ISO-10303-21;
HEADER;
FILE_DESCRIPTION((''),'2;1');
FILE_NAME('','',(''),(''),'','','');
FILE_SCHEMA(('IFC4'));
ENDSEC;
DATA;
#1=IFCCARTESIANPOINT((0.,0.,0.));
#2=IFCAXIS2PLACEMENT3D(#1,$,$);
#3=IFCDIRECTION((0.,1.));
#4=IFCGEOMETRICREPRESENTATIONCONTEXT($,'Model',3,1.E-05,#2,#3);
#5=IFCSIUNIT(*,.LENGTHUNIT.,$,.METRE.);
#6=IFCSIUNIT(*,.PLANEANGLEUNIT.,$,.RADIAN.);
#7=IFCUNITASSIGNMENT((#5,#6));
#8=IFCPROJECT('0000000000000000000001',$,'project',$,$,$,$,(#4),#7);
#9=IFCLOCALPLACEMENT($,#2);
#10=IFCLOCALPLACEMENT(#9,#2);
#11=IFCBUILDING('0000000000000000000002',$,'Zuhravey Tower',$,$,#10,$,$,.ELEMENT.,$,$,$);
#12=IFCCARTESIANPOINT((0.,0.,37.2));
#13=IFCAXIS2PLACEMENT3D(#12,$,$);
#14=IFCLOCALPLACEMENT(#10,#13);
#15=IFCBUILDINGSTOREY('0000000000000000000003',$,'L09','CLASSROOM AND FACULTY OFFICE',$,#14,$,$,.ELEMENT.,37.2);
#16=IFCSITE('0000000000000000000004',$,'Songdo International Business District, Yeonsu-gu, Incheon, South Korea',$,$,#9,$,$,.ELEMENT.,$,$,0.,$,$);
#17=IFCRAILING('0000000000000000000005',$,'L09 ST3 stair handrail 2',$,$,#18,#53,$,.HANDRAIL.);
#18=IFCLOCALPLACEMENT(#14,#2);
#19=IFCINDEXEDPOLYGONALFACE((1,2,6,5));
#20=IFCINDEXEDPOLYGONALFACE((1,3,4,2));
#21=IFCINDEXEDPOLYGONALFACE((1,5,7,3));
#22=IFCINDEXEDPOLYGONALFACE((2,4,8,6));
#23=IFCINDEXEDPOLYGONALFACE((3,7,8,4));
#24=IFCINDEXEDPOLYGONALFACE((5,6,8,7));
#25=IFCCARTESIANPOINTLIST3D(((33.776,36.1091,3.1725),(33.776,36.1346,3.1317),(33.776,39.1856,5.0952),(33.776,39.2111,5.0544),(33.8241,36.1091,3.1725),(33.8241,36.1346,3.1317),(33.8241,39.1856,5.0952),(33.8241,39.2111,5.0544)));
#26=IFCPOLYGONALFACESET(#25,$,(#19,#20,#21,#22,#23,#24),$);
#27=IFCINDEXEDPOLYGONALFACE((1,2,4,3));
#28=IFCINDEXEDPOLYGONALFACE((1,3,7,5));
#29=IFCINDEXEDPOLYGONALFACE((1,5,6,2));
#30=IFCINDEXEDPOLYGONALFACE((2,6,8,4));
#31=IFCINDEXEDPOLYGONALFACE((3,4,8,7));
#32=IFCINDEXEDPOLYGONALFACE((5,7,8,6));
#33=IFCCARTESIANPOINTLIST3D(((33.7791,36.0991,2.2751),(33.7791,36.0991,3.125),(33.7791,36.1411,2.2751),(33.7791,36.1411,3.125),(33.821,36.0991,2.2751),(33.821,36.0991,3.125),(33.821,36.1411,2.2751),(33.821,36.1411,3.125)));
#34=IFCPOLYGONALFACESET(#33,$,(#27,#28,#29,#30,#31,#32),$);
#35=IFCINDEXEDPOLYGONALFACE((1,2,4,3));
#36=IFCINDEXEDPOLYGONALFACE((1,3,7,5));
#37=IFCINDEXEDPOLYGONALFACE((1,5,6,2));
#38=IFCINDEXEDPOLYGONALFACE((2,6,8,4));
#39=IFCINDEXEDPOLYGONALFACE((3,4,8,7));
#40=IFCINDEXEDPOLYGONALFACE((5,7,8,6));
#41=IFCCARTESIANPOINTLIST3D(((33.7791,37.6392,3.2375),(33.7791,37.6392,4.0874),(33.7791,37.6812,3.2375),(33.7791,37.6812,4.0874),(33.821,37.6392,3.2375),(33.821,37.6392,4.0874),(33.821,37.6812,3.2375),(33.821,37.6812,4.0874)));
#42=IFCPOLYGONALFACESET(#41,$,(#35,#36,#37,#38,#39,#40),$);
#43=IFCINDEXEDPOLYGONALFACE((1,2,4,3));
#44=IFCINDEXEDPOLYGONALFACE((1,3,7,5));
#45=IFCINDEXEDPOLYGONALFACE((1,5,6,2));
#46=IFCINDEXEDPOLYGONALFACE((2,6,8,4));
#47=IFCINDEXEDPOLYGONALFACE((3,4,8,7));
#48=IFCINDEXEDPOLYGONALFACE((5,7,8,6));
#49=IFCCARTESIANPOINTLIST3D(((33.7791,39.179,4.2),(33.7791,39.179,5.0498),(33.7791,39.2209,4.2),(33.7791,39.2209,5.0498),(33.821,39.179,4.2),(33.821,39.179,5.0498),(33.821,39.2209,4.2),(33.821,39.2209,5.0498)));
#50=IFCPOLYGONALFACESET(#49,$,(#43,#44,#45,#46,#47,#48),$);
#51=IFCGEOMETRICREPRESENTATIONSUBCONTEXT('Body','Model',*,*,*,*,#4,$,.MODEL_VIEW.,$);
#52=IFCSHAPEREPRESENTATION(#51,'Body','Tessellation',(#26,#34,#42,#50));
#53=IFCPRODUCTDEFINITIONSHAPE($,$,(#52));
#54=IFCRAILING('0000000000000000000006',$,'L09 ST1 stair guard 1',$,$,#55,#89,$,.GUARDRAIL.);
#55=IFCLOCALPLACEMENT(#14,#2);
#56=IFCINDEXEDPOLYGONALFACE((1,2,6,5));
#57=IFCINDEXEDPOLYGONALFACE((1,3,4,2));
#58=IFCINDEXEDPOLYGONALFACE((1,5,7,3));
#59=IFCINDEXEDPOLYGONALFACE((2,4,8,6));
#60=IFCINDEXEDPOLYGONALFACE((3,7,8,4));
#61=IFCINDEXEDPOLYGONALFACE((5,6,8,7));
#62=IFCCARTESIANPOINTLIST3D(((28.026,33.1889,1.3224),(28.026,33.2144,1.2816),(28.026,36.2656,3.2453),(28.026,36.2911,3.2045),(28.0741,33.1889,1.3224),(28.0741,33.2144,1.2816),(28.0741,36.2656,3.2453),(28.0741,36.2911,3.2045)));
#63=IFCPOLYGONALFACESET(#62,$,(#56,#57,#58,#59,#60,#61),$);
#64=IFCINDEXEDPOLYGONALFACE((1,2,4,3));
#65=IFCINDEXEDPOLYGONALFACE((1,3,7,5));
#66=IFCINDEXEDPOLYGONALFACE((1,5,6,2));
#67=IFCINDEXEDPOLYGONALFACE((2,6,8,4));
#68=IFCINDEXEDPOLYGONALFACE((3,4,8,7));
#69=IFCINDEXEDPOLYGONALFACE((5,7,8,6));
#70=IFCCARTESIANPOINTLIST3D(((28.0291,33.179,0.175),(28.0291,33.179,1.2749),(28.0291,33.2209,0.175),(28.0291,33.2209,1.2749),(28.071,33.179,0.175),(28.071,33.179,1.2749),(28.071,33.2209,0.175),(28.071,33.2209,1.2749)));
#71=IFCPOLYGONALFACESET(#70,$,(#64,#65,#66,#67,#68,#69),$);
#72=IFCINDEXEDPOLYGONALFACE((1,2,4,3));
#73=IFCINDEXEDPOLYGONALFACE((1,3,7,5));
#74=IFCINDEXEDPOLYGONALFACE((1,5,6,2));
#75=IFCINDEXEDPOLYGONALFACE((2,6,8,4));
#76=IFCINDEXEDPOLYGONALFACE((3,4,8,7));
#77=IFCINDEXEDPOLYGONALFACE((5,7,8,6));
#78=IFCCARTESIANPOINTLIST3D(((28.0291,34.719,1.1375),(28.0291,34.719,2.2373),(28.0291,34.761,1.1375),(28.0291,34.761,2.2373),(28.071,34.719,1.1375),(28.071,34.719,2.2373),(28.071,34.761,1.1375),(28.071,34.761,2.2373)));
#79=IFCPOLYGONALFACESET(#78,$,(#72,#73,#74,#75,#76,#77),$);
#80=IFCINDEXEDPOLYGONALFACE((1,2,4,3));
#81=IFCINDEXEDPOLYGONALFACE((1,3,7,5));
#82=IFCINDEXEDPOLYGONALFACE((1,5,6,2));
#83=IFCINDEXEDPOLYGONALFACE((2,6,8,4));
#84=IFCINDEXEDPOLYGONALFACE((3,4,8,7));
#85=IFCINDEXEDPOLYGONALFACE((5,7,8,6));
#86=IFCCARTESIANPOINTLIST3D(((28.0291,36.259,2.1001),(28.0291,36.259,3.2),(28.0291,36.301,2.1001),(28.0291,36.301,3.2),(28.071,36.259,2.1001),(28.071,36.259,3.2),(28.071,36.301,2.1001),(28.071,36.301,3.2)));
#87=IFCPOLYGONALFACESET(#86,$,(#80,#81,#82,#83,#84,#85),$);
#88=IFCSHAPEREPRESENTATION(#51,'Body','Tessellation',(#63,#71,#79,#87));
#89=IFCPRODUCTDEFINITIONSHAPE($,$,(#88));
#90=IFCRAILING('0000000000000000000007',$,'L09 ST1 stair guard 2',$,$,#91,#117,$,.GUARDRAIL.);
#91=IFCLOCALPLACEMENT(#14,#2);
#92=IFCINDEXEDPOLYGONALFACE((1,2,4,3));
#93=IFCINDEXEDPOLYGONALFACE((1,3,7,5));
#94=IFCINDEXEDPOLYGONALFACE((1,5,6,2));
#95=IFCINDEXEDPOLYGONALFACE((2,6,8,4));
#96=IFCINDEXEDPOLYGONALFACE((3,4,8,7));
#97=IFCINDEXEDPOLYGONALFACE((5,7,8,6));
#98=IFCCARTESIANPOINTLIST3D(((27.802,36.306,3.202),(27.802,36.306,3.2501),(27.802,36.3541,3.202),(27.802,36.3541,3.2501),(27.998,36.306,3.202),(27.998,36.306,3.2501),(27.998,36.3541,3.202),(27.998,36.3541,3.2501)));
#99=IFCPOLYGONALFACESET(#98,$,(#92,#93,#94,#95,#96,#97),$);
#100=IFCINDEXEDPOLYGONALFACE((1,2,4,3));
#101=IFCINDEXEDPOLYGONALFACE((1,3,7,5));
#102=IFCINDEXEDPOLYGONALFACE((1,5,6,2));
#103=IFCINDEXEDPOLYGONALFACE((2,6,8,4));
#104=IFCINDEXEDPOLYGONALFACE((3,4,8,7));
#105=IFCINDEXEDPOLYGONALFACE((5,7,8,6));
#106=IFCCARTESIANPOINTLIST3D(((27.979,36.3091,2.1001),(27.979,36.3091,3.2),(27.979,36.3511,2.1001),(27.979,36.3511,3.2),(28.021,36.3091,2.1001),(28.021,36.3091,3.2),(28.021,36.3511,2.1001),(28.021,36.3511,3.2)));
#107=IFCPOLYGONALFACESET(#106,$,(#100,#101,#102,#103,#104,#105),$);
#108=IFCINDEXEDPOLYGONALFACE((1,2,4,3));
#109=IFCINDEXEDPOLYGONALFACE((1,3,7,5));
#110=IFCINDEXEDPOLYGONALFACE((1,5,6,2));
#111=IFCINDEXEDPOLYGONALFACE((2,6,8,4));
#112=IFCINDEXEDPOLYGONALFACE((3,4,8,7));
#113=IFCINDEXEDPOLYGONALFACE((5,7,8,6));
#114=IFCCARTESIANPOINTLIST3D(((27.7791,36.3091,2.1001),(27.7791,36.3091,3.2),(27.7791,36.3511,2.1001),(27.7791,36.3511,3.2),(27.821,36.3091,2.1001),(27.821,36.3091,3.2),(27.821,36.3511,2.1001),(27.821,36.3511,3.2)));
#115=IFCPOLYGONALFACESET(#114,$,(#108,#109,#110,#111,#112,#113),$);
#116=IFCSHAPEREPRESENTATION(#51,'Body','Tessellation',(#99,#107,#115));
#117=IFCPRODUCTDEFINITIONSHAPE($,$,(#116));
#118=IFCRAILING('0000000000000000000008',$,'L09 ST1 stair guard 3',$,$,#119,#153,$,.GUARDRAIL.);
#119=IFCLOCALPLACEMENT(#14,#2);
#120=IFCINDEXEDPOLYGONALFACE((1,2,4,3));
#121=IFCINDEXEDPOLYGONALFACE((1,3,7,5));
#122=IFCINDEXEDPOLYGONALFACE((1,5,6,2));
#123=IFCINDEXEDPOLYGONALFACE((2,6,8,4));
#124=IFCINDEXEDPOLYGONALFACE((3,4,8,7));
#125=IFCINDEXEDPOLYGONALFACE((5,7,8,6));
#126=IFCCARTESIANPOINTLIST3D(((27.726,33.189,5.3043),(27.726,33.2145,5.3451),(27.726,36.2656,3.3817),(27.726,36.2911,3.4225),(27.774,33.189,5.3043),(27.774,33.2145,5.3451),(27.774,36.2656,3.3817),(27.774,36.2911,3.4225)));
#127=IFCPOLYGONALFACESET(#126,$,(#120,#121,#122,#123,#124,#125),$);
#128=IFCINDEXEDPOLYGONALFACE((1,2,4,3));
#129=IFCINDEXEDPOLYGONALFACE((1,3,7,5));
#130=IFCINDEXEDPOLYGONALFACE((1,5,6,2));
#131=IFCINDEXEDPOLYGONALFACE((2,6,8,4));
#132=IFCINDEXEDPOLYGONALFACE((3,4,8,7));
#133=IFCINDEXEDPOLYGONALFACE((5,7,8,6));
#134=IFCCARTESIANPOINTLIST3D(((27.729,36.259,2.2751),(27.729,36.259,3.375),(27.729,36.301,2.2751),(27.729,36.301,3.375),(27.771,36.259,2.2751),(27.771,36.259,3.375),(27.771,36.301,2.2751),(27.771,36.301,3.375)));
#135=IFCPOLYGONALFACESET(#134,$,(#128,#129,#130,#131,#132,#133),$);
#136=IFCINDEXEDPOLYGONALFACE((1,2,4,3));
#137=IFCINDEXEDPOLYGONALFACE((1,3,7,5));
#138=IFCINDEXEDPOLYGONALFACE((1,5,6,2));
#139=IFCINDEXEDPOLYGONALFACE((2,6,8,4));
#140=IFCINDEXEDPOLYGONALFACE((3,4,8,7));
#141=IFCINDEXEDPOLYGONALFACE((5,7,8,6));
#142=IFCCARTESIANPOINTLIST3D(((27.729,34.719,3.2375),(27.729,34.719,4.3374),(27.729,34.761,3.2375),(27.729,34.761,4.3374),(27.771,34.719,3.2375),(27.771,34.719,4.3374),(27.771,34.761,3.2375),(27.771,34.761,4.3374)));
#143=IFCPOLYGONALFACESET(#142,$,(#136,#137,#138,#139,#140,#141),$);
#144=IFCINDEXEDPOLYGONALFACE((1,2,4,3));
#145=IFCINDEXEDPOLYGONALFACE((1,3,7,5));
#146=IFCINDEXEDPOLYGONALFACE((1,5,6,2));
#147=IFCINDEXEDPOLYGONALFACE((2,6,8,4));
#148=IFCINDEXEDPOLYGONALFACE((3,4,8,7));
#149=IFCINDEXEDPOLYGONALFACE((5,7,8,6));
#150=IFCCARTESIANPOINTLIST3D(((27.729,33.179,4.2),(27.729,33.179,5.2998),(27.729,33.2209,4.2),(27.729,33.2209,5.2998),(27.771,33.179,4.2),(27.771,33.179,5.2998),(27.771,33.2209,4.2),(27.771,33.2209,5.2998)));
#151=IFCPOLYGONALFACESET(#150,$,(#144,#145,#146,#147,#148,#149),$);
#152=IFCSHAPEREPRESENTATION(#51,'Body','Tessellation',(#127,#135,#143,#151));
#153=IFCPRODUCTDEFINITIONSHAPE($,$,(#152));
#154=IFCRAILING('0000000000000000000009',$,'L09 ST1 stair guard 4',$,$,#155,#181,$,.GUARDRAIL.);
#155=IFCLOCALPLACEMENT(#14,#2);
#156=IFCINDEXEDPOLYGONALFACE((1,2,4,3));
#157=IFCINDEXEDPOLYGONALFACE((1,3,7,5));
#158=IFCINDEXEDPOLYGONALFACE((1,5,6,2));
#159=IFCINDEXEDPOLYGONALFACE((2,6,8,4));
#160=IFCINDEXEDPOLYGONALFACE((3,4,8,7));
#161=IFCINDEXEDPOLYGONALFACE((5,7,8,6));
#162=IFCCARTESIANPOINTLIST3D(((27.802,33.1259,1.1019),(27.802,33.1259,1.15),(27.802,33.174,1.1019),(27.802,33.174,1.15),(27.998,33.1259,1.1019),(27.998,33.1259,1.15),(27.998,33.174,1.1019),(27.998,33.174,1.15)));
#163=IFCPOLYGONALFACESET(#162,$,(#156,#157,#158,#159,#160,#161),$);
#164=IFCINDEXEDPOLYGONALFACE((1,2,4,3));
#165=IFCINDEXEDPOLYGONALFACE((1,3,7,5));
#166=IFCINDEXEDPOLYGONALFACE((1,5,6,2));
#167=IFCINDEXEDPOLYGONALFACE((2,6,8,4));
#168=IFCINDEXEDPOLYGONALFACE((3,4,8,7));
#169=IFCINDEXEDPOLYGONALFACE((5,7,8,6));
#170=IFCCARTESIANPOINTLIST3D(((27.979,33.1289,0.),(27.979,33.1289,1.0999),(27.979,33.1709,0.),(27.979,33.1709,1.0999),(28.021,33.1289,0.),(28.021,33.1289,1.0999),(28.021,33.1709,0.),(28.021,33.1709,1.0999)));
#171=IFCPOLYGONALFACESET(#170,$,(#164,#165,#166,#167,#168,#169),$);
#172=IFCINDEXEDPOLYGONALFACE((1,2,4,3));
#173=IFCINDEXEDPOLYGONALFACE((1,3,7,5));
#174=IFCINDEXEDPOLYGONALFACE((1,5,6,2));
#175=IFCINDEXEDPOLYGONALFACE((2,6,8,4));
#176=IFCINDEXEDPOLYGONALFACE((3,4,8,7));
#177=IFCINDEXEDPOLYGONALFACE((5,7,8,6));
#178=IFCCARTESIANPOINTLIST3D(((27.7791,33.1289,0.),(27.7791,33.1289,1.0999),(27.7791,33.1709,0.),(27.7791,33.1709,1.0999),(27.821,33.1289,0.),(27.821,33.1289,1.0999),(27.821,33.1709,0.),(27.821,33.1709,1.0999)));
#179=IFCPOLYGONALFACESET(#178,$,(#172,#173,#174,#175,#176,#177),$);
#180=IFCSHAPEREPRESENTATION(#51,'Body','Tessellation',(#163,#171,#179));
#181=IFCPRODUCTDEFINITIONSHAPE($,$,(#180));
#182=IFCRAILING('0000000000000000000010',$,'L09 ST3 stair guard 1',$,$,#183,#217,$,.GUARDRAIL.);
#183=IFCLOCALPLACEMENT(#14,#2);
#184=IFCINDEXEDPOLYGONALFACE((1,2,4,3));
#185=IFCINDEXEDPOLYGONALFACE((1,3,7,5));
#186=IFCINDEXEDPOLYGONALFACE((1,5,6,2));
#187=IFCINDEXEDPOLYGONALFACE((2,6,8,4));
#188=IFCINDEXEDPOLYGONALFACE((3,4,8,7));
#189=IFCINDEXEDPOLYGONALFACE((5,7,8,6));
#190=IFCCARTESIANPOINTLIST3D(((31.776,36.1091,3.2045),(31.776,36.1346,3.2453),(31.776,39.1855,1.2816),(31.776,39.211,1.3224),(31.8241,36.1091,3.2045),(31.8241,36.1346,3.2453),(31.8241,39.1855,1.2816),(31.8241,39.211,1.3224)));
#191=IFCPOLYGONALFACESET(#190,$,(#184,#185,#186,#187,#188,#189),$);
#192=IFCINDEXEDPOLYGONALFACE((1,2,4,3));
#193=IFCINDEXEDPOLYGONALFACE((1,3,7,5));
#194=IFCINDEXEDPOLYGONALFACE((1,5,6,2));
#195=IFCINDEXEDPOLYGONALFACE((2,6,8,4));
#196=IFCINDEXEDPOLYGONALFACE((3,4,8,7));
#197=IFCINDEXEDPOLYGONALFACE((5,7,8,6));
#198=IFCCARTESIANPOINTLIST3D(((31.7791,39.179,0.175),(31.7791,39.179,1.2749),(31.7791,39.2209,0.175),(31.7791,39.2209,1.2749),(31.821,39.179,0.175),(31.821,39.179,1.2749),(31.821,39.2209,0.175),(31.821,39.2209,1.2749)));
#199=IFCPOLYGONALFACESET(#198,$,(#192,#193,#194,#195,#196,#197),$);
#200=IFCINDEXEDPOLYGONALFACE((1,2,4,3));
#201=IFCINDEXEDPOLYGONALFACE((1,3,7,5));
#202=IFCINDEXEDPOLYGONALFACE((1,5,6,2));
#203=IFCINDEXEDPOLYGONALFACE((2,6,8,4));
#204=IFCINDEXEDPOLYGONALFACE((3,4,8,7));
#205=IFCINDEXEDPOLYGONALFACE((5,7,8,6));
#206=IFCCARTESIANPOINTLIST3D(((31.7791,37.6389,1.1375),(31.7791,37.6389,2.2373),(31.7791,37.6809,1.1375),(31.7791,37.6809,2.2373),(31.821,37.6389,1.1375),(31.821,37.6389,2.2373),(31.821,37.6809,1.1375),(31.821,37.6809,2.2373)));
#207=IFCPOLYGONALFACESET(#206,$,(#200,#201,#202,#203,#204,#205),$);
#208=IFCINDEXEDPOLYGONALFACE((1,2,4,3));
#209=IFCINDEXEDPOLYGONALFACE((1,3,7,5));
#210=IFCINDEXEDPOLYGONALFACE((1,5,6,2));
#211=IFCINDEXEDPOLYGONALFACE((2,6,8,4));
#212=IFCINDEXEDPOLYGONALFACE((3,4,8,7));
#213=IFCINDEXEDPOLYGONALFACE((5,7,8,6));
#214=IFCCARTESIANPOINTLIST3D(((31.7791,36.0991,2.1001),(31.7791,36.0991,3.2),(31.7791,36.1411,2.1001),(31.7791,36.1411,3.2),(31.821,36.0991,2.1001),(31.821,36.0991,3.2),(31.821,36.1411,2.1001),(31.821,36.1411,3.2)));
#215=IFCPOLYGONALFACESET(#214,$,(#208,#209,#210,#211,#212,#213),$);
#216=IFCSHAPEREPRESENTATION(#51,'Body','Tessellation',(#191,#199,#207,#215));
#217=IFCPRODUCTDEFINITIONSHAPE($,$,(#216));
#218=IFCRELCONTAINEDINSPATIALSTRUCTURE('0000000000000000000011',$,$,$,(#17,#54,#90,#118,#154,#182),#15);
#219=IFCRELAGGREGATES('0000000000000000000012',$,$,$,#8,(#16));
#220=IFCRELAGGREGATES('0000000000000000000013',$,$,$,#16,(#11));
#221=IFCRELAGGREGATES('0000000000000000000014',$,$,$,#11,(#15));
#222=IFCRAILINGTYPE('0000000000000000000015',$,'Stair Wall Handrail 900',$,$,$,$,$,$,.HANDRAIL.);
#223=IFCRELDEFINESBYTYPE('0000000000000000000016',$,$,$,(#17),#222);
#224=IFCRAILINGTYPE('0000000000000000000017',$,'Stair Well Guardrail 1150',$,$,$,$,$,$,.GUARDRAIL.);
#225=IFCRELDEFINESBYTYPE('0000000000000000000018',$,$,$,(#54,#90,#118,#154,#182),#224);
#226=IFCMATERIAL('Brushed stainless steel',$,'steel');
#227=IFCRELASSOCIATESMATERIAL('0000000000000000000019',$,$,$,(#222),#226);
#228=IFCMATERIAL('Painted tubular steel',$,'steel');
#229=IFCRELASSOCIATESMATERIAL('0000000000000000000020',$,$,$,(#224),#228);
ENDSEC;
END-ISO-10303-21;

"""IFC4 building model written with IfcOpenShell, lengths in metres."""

from ifc_helpers import new_model, si_unit, direction, frame, origin, origin_2d, place, context, subcontext, project, spatial, rectangle, extrude, material, type_object, element, save


model = new_model("IFC4")

# Units and contexts
model_context = context("Model", 3, precision=1e-05, world=origin(), true_north=direction((0.0, 1.0)))
body_context = subcontext(model_context, "Body", "Model", "MODEL_VIEW")
ifc_project = project(units=[si_unit("LENGTHUNIT", "METRE"), si_unit("PLANEANGLEUNIT", "RADIAN")], contexts=[model_context])

# Site, building, storey
site_placement = place(None, origin())
site = spatial("IfcSite", under=ifc_project, at=site_placement, Name="Songdo International Business District, Yeonsu-gu, Incheon, South Korea", CompositionType="ELEMENT", RefElevation=0.0)
building_placement = place(site_placement, origin())
building = spatial("IfcBuilding", under=site, at=building_placement, Name="Zuhravey Tower", CompositionType="ELEMENT")
storey_placement = place(building_placement, frame((0.0, 0.0, 37.2)))
storey = spatial("IfcBuildingStorey", under=building, at=storey_placement, Name="L09", Description="CLASSROOM AND FACULTY OFFICE", CompositionType="ELEMENT", Elevation=37.2)

# Railings
ifc_material_1 = material(Name="Brushed stainless steel", Category="steel")
railing_type_1 = type_object("IfcRailingType", Name="Stair Wall Handrail 900", PredefinedType="HANDRAIL", material=ifc_material_1)
railing_1_placement = place(storey_placement, frame((33.8, 36.1201, 2.2751)))
element("IfcRailing", 1, at=railing_1_placement, inside=storey, type_object=railing_type_1, Name="L09 ST3 stair handrail 2", PredefinedType="HANDRAIL", context=body_context, shape_type="SweptSolid", body=[
    extrude(rectangle(XDim=0.0481, YDim=0.0481, at=origin_2d()), frame((0.0, 0.0017, 0.877), z_axis=(0.0, 0.84801, 0.529981), x_axis=(-1.0, 0.0, 0.0)), (0.0, 0.0, 1.0), 3.6279),
    extrude(rectangle(XDim=0.042, YDim=0.042, at=origin_2d()), origin(), (0.0, 0.0, 1.0), 0.8499),
    extrude(rectangle(XDim=0.042, YDim=0.042, at=origin_2d()), frame((0.0, 1.54, 0.9624)), (0.0, 0.0, 1.0), 0.8499),
    extrude(rectangle(XDim=0.042, YDim=0.042, at=origin_2d()), frame((0.0, 3.0798, 1.9248)), (0.0, 0.0, 1.0), 0.8499),
])
ifc_material_2 = material(Name="Painted tubular steel", Category="steel")
railing_type_2 = type_object("IfcRailingType", Name="Stair Well Guardrail 1150", PredefinedType="GUARDRAIL", material=ifc_material_2)
railing_2_placement = place(storey_placement, frame((28.05, 33.2, 0.175)))
element("IfcRailing", 2, at=railing_2_placement, inside=storey, type_object=railing_type_2, Name="L09 ST1 stair guard 1", PredefinedType="GUARDRAIL", context=body_context, shape_type="SweptSolid", body=[
    extrude(rectangle(XDim=0.0481, YDim=0.0481, at=origin_2d()), frame((0.0, 0.0017, 1.127), z_axis=(0.0, 0.847998, 0.529999), x_axis=(-1.0, 0.0, 0.0)), (0.0, 0.0, 1.0), 3.6282),
    extrude(rectangle(XDim=0.042, YDim=0.042, at=origin_2d()), origin(), (0.0, 0.0, 1.0), 1.0999),
    extrude(rectangle(XDim=0.042, YDim=0.042, at=origin_2d()), frame((0.0, 1.54, 0.9624)), (0.0, 0.0, 1.0), 1.0999),
    extrude(rectangle(XDim=0.042, YDim=0.042, at=origin_2d()), frame((0.0, 3.0801, 1.925)), (0.0, 0.0, 1.0), 1.0999),
])
railing_3_placement = place(storey_placement, frame((28.0, 36.3301, 2.1001)))
element("IfcRailing", 3, at=railing_3_placement, inside=storey, type_object=railing_type_2, Name="L09 ST1 stair guard 2", PredefinedType="GUARDRAIL", context=body_context, shape_type="SweptSolid", body=[
    extrude(rectangle(XDim=0.0481, YDim=0.0481, at=origin_2d()), frame((-0.002, 0.0, 1.126), z_axis=(-1.0, 0.0, 0.0), x_axis=(0.0, -1.0, 0.0)), (0.0, 0.0, 1.0), 0.196),
    extrude(rectangle(XDim=0.042, YDim=0.042, at=origin_2d()), origin(), (0.0, 0.0, 1.0), 1.0999),
    extrude(rectangle(XDim=0.042, YDim=0.042, at=origin_2d()), frame((-0.2, 0.0, 0.0)), (0.0, 0.0, 1.0), 1.0999),
])
railing_4_placement = place(storey_placement, frame((27.75, 36.28, 2.2751)))
element("IfcRailing", 4, at=railing_4_placement, inside=storey, type_object=railing_type_2, Name="L09 ST1 stair guard 3", PredefinedType="GUARDRAIL", context=body_context, shape_type="SweptSolid", body=[
    extrude(rectangle(XDim=0.0481, YDim=0.0481, at=origin_2d()), frame((0.0, -0.0017, 1.127), z_axis=(0.0, -0.848029, 0.529951), x_axis=(1.0, 0.0, 0.0)), (0.0, 0.0, 1.0), 3.6279),
    extrude(rectangle(XDim=0.042, YDim=0.042, at=origin_2d()), origin(), (0.0, 0.0, 1.0), 1.0999),
    extrude(rectangle(XDim=0.042, YDim=0.042, at=origin_2d()), frame((0.0, -1.54, 0.9624)), (0.0, 0.0, 1.0), 1.0999),
    extrude(rectangle(XDim=0.042, YDim=0.042, at=origin_2d()), frame((0.0, -3.0801, 1.9248)), (0.0, 0.0, 1.0), 1.0999),
])
railing_5_placement = place(storey_placement, frame((28.0, 33.1499, 0.0)))
element("IfcRailing", 5, at=railing_5_placement, inside=storey, type_object=railing_type_2, Name="L09 ST1 stair guard 4", PredefinedType="GUARDRAIL", context=body_context, shape_type="SweptSolid", body=[
    extrude(rectangle(XDim=0.0481, YDim=0.0481, at=origin_2d()), frame((-0.002, 0.0, 1.126), z_axis=(-1.0, 0.0, 0.0), x_axis=(0.0, -1.0, 0.0)), (0.0, 0.0, 1.0), 0.196),
    extrude(rectangle(XDim=0.042, YDim=0.042, at=origin_2d()), origin(), (0.0, 0.0, 1.0), 1.0999),
    extrude(rectangle(XDim=0.042, YDim=0.042, at=origin_2d()), frame((-0.2, 0.0, 0.0)), (0.0, 0.0, 1.0), 1.0999),
])
railing_6_placement = place(storey_placement, frame((31.8, 39.2, 0.175)))
element("IfcRailing", 6, at=railing_6_placement, inside=storey, type_object=railing_type_2, Name="L09 ST3 stair guard 1", PredefinedType="GUARDRAIL", context=body_context, shape_type="SweptSolid", body=[
    extrude(rectangle(XDim=0.0481, YDim=0.0481, at=origin_2d()), frame((0.0, -0.0017, 1.127), z_axis=(0.0, -0.847979, 0.530029), x_axis=(1.0, 0.0, 0.0)), (0.0, 0.0, 1.0), 3.6279),
    extrude(rectangle(XDim=0.042, YDim=0.042, at=origin_2d()), origin(), (0.0, 0.0, 1.0), 1.0999),
    extrude(rectangle(XDim=0.042, YDim=0.042, at=origin_2d()), frame((0.0, -1.54, 0.9624)), (0.0, 0.0, 1.0), 1.0999),
    extrude(rectangle(XDim=0.042, YDim=0.042, at=origin_2d()), frame((0.0, -3.0798, 1.925)), (0.0, 0.0, 1.0), 1.0999),
])

save(model, "model.ifc")
